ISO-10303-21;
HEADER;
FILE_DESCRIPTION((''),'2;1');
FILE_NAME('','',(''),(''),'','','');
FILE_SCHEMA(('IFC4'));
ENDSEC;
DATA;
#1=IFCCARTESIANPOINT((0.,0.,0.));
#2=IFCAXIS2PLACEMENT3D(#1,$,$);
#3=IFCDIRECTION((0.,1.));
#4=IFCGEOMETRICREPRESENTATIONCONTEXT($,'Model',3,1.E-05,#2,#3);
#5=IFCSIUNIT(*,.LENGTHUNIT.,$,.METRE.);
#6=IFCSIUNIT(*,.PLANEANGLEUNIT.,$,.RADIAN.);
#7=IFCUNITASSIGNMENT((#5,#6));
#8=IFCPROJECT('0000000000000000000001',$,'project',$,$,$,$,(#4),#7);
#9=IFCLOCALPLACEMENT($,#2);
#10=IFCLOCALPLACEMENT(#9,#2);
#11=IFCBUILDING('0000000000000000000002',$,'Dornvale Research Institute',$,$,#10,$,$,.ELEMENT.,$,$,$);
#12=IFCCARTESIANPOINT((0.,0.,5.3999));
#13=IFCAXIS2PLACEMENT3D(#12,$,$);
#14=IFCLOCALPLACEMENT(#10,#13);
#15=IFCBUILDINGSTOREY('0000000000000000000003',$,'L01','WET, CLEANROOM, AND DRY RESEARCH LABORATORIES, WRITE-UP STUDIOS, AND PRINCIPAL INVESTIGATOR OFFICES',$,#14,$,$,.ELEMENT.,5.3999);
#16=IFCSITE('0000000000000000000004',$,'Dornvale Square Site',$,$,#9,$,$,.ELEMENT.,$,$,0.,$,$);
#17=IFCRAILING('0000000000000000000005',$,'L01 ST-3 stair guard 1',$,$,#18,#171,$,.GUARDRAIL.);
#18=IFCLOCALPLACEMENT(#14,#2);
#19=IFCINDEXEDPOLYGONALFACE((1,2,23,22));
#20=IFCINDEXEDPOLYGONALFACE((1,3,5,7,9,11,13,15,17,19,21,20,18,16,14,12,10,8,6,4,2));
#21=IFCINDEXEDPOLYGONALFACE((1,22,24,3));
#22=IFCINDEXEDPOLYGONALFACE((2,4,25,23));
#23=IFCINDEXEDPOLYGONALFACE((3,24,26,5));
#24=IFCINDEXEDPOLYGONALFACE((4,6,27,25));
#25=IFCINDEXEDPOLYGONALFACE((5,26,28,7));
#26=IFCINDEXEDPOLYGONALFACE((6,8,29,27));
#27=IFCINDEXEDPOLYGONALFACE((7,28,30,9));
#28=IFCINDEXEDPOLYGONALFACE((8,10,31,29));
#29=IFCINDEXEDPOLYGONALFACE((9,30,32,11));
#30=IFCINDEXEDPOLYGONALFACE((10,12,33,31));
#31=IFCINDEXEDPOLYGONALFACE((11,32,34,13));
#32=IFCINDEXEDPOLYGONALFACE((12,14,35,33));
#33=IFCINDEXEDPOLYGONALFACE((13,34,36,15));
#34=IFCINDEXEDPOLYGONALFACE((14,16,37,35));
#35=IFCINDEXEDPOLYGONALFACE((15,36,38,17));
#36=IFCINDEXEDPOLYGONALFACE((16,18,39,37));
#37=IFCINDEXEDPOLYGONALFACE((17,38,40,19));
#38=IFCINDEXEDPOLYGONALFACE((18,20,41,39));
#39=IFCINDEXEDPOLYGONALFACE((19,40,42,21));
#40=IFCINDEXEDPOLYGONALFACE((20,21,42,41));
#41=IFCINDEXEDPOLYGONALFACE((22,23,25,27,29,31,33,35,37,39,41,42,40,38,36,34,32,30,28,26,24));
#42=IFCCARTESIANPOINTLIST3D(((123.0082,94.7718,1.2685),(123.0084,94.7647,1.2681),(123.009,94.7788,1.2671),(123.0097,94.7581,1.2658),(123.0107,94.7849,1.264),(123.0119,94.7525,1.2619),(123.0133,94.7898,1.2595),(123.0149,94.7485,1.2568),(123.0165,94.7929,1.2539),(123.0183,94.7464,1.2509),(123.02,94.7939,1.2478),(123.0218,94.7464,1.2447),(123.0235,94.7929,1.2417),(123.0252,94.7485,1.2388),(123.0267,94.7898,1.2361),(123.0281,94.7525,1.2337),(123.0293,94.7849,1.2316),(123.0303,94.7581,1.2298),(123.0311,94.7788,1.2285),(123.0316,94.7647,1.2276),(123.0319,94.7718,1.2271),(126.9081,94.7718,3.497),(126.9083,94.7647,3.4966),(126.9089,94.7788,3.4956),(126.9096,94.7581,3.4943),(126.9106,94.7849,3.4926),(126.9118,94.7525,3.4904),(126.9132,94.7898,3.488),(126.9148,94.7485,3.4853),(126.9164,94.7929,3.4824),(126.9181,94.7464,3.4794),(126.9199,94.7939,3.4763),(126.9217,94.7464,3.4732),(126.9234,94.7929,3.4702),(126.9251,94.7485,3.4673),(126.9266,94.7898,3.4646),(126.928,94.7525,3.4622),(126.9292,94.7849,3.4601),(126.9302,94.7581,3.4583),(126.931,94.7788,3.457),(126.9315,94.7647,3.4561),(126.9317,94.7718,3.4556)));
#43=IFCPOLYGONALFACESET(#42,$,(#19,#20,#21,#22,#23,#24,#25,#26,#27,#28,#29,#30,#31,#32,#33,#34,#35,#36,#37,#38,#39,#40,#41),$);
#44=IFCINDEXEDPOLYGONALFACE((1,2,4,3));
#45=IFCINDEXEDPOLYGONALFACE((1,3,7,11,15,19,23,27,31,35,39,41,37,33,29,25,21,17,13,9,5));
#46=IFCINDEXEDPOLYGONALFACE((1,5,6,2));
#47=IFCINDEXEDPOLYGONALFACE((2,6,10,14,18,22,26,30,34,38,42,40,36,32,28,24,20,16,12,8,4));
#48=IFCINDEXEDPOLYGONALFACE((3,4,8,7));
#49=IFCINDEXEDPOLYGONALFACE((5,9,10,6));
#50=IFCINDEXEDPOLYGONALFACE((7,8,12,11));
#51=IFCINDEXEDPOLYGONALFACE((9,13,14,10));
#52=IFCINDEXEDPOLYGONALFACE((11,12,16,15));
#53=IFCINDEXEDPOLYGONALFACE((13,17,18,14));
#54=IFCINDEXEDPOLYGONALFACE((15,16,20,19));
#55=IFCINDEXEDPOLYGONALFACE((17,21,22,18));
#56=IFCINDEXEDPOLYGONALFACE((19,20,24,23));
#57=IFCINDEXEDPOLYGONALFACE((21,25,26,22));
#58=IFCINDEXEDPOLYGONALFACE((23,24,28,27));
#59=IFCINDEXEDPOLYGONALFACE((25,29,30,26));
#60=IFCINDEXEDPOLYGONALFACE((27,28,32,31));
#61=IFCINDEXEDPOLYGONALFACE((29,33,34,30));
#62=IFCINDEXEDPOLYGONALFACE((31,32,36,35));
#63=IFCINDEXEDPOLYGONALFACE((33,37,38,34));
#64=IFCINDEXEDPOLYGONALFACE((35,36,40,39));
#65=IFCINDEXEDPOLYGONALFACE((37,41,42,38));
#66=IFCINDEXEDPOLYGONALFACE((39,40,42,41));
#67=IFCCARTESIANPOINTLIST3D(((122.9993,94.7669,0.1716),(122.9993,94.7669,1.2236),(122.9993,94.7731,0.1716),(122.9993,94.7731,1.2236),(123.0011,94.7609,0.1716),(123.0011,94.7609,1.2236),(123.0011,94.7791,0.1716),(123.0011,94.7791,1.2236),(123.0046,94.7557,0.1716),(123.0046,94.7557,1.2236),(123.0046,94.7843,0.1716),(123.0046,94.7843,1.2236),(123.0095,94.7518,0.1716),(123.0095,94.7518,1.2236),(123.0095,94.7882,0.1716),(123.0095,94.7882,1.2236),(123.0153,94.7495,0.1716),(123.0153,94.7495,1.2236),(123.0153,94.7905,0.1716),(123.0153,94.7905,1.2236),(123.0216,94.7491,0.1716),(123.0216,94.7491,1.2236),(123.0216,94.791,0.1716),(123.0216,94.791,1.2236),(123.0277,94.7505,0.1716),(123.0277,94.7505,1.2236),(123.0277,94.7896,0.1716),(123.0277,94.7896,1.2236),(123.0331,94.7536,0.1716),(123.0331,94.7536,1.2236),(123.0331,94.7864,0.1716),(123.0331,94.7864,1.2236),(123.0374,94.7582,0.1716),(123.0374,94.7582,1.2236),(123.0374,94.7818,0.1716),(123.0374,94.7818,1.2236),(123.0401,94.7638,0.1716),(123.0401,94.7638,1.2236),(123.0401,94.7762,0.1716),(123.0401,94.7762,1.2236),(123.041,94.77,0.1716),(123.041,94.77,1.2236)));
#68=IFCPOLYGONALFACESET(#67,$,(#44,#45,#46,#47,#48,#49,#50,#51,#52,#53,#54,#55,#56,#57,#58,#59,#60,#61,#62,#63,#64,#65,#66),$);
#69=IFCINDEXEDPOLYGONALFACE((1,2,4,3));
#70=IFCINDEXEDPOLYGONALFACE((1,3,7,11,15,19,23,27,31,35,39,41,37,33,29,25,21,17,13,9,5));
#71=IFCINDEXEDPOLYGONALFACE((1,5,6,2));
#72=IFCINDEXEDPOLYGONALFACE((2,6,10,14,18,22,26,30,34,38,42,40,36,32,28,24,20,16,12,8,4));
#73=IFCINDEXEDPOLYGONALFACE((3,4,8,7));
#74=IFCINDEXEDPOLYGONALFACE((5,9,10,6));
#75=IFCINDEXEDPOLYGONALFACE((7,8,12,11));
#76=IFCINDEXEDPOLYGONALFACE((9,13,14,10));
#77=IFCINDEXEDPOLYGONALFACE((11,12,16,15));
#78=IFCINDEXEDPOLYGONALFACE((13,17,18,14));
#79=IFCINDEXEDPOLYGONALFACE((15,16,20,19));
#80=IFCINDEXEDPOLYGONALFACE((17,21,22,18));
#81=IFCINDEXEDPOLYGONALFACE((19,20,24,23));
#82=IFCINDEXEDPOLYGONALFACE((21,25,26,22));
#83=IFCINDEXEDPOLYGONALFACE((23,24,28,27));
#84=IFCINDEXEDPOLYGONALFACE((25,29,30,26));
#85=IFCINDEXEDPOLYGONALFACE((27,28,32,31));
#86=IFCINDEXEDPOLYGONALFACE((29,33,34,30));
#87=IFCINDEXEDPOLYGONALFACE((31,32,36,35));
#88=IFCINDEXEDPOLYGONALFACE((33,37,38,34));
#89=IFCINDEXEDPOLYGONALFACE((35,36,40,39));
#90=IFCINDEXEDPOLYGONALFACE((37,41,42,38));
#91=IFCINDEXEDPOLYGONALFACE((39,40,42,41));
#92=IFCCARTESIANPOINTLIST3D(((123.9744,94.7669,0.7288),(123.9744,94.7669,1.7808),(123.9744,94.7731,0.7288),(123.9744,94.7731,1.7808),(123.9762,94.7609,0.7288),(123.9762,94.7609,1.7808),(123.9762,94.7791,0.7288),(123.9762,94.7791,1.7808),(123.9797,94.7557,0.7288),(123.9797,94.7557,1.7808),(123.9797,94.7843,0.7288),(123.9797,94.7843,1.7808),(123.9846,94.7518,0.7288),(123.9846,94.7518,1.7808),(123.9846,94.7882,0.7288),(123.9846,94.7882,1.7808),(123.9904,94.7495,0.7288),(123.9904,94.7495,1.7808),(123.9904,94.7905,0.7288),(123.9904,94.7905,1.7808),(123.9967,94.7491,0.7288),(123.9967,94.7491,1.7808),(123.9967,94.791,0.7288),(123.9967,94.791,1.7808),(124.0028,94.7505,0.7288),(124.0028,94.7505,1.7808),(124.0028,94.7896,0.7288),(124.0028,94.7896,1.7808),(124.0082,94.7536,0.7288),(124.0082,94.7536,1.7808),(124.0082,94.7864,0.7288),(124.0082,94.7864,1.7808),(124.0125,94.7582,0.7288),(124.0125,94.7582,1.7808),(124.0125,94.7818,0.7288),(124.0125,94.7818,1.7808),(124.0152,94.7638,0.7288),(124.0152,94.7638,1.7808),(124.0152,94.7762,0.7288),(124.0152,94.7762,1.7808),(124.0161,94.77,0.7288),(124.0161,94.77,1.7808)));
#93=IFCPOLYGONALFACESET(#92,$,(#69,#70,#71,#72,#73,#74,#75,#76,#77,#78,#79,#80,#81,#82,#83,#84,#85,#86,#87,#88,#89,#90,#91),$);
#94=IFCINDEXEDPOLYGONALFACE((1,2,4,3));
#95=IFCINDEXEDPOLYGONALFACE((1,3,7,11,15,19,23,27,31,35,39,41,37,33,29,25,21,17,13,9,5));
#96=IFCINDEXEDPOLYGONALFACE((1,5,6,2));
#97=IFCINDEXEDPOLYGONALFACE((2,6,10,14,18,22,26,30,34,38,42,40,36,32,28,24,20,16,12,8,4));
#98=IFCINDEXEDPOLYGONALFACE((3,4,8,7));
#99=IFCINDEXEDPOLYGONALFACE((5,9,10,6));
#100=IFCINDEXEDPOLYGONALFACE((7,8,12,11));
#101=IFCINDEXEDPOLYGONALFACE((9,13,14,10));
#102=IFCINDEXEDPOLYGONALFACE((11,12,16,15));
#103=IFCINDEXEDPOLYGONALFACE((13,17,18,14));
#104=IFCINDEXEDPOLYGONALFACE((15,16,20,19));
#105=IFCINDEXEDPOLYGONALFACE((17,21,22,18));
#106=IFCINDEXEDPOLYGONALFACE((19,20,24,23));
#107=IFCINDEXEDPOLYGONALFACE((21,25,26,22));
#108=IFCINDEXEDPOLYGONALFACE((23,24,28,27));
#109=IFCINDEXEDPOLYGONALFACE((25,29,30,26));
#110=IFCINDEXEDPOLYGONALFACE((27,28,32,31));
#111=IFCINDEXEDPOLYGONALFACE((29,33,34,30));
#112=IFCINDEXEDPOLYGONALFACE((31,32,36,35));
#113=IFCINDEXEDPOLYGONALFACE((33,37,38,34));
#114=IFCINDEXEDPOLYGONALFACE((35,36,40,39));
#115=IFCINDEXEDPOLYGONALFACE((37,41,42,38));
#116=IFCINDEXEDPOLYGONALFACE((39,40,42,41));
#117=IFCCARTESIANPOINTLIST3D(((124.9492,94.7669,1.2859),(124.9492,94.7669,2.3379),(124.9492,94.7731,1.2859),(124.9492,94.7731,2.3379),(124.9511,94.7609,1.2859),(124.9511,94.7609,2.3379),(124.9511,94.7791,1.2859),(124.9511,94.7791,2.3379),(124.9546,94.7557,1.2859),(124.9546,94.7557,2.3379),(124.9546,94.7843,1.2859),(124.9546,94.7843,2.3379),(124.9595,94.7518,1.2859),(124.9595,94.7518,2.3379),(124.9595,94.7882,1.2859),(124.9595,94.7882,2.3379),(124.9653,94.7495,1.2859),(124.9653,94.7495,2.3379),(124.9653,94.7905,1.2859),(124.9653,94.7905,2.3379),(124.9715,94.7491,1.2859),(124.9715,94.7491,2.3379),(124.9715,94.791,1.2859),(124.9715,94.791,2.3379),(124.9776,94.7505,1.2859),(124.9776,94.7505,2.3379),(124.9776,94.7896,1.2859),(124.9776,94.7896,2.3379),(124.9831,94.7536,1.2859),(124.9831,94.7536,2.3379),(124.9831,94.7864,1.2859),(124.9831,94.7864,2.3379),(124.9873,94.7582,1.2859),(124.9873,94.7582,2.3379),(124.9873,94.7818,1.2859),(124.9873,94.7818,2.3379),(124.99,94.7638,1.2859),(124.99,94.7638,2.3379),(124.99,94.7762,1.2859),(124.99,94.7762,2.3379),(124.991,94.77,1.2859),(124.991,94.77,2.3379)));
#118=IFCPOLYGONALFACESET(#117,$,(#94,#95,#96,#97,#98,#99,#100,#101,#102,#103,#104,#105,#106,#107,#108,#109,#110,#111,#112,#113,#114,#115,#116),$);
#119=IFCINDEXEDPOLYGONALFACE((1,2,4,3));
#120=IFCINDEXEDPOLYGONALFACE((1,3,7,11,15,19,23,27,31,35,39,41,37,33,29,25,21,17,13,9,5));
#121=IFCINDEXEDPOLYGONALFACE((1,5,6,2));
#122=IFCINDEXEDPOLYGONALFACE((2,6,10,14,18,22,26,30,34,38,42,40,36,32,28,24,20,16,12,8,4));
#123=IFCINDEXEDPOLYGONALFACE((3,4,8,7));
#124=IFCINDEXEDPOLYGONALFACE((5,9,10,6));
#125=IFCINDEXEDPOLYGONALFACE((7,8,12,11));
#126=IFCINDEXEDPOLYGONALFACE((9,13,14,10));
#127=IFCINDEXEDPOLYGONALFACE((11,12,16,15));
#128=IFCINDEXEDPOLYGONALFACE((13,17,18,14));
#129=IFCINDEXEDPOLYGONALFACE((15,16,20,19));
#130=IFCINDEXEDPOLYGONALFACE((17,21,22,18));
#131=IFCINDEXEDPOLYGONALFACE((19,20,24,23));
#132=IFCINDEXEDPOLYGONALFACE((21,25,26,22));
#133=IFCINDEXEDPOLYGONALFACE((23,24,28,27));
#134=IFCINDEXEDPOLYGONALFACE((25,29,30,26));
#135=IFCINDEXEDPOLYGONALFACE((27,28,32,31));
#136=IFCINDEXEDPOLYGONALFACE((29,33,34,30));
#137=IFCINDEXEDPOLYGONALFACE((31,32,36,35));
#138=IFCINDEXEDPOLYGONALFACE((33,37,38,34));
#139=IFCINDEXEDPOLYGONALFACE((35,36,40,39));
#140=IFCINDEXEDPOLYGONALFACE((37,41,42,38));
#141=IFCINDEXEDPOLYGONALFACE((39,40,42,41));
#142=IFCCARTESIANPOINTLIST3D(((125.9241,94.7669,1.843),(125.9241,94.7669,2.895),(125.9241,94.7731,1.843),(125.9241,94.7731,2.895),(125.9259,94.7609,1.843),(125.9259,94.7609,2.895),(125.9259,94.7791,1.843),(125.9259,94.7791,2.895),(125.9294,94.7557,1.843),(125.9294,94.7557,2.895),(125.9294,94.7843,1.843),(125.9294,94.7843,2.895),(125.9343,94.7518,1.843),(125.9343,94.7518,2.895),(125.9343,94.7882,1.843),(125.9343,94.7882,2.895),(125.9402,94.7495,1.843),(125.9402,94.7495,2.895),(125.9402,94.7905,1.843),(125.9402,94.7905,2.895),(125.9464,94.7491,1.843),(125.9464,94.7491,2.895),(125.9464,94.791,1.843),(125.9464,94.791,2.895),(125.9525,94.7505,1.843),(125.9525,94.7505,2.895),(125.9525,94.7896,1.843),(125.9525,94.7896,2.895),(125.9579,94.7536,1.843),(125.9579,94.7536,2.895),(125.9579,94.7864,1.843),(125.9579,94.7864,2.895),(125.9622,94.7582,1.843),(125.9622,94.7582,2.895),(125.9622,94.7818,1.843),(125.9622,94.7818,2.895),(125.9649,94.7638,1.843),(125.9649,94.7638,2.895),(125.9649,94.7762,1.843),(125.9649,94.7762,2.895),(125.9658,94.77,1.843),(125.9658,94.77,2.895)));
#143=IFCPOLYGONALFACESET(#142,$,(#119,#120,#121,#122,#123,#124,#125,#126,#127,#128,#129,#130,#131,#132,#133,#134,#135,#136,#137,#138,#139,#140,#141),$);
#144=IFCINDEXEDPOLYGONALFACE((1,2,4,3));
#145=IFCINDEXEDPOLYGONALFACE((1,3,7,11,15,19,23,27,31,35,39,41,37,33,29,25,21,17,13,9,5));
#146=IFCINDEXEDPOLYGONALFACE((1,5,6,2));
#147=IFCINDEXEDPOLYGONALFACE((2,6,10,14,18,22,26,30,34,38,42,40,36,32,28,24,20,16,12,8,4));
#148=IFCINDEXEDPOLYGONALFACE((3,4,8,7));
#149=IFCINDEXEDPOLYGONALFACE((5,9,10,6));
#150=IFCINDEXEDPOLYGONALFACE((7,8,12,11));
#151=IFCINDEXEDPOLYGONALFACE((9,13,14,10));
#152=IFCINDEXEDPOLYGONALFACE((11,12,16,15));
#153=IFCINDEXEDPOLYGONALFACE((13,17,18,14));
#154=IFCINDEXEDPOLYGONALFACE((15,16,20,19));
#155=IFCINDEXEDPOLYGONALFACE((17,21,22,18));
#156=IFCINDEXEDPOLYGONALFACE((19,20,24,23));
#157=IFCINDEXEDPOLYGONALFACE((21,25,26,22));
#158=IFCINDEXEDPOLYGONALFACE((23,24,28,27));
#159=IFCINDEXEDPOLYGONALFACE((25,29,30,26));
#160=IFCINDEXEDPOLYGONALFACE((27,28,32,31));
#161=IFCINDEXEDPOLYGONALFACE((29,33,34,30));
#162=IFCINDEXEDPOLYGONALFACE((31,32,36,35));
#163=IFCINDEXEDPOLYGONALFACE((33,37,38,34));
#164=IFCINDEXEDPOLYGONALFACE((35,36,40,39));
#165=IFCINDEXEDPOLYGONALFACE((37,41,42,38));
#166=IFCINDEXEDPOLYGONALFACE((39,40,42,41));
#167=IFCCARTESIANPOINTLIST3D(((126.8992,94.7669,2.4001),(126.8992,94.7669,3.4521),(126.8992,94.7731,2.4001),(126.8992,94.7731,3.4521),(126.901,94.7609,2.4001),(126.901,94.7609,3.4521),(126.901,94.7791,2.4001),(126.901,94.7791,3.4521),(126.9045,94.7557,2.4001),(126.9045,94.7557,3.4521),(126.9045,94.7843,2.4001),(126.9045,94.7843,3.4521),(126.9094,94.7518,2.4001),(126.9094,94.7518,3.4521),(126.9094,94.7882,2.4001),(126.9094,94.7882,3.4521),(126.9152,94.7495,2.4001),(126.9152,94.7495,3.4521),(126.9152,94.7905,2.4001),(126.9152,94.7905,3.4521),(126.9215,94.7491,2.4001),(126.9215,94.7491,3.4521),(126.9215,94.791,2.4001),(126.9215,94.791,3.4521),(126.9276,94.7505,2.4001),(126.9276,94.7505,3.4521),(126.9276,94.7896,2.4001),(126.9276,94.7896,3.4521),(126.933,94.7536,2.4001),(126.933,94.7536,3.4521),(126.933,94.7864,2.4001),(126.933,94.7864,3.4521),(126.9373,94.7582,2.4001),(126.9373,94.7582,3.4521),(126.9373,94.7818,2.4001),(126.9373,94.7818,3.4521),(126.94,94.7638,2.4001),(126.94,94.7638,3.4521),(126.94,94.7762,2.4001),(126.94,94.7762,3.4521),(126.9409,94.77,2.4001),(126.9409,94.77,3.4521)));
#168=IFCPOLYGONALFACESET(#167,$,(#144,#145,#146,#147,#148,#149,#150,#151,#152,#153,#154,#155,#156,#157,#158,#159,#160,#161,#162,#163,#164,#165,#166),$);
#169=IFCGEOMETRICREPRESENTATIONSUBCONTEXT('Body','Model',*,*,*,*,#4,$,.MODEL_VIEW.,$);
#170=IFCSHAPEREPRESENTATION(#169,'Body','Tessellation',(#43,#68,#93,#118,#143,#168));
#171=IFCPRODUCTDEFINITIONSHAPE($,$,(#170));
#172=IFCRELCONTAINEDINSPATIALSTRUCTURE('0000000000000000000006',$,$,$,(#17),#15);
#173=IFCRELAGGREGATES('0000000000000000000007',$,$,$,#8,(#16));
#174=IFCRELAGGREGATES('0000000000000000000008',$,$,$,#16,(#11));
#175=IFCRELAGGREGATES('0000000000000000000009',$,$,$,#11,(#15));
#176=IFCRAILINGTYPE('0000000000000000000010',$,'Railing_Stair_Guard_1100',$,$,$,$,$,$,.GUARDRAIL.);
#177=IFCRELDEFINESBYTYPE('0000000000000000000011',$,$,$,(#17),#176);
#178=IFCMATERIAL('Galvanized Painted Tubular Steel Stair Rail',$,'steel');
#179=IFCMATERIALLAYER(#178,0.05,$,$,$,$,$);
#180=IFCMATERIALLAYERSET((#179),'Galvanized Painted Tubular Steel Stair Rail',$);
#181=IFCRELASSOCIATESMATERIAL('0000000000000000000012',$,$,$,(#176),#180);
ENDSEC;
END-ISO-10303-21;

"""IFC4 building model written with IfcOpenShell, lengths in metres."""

from ifc_helpers import new_model, si_unit, direction, frame, origin, origin_2d, place, context, subcontext, project, spatial, circle, extrude, material, layer, layer_set, type_object, element, save


model = new_model("IFC4")

# Units and contexts
model_context = context("Model", 3, precision=1e-05, world=origin(), true_north=direction((0.0, 1.0)))
body_context = subcontext(model_context, "Body", "Model", "MODEL_VIEW")
ifc_project = project(units=[si_unit("LENGTHUNIT", "METRE"), si_unit("PLANEANGLEUNIT", "RADIAN")], contexts=[model_context])

# Site, building, storey
site_placement = place(None, origin())
site = spatial("IfcSite", under=ifc_project, at=site_placement, Name="Dornvale Square Site", CompositionType="ELEMENT", RefElevation=0.0)
building_placement = place(site_placement, origin())
building = spatial("IfcBuilding", under=site, at=building_placement, Name="Dornvale Research Institute", CompositionType="ELEMENT")
storey_placement = place(building_placement, frame((0.0, 0.0, 5.3999)))
storey = spatial("IfcBuildingStorey", under=building, at=storey_placement, Name="L01", Description="WET, CLEANROOM, AND DRY RESEARCH LABORATORIES, WRITE-UP STUDIOS, AND PRINCIPAL INVESTIGATOR OFFICES", CompositionType="ELEMENT", Elevation=5.3999)

# Railing
ifc_material_1 = material(Name="Galvanized Painted Tubular Steel Stair Rail", Category="steel")
ifc_layer_1 = layer(ifc_material_1, 0.05)
ifc_layer_set_1 = layer_set([ifc_layer_1], Name="Galvanized Painted Tubular Steel Stair Rail")
railing_type_1 = type_object("IfcRailingType", Name="Railing_Stair_Guard_1100", PredefinedType="GUARDRAIL", material=ifc_layer_set_1)
railing_1_placement = place(storey_placement, frame((123.02, 94.77, 0.1716)))
element("IfcRailing", 1, at=railing_1_placement, inside=storey, type_object=railing_type_1, Name="L01 ST-3 stair guard 1", PredefinedType="GUARDRAIL", context=body_context, shape_type="SweptSolid", body=[
    extrude(circle(Radius=0.0239, at=origin_2d()), frame((0.0, 0.0, 1.0762), z_axis=(0.868243, 0.0, 0.496139), x_axis=(0.0, 1.0, 0.0)), (0.0, 0.0, 1.0), 4.4917),
    extrude(circle(Radius=0.021, at=origin_2d()), origin(), (0.0, 0.0, 1.0), 1.052),
    extrude(circle(Radius=0.021, at=origin_2d()), frame((0.9751, 0.0, 0.5571)), (0.0, 0.0, 1.0), 1.052),
    extrude(circle(Radius=0.021, at=origin_2d()), frame((1.95, 0.0, 1.1143)), (0.0, 0.0, 1.0), 1.052),
    extrude(circle(Radius=0.021, at=origin_2d()), frame((2.9248, 0.0, 1.6714)), (0.0, 0.0, 1.0), 1.052),
    extrude(circle(Radius=0.021, at=origin_2d()), frame((3.8999, 0.0, 2.2285)), (0.0, 0.0, 1.0), 1.052),
])

save(model, "model.ifc")
